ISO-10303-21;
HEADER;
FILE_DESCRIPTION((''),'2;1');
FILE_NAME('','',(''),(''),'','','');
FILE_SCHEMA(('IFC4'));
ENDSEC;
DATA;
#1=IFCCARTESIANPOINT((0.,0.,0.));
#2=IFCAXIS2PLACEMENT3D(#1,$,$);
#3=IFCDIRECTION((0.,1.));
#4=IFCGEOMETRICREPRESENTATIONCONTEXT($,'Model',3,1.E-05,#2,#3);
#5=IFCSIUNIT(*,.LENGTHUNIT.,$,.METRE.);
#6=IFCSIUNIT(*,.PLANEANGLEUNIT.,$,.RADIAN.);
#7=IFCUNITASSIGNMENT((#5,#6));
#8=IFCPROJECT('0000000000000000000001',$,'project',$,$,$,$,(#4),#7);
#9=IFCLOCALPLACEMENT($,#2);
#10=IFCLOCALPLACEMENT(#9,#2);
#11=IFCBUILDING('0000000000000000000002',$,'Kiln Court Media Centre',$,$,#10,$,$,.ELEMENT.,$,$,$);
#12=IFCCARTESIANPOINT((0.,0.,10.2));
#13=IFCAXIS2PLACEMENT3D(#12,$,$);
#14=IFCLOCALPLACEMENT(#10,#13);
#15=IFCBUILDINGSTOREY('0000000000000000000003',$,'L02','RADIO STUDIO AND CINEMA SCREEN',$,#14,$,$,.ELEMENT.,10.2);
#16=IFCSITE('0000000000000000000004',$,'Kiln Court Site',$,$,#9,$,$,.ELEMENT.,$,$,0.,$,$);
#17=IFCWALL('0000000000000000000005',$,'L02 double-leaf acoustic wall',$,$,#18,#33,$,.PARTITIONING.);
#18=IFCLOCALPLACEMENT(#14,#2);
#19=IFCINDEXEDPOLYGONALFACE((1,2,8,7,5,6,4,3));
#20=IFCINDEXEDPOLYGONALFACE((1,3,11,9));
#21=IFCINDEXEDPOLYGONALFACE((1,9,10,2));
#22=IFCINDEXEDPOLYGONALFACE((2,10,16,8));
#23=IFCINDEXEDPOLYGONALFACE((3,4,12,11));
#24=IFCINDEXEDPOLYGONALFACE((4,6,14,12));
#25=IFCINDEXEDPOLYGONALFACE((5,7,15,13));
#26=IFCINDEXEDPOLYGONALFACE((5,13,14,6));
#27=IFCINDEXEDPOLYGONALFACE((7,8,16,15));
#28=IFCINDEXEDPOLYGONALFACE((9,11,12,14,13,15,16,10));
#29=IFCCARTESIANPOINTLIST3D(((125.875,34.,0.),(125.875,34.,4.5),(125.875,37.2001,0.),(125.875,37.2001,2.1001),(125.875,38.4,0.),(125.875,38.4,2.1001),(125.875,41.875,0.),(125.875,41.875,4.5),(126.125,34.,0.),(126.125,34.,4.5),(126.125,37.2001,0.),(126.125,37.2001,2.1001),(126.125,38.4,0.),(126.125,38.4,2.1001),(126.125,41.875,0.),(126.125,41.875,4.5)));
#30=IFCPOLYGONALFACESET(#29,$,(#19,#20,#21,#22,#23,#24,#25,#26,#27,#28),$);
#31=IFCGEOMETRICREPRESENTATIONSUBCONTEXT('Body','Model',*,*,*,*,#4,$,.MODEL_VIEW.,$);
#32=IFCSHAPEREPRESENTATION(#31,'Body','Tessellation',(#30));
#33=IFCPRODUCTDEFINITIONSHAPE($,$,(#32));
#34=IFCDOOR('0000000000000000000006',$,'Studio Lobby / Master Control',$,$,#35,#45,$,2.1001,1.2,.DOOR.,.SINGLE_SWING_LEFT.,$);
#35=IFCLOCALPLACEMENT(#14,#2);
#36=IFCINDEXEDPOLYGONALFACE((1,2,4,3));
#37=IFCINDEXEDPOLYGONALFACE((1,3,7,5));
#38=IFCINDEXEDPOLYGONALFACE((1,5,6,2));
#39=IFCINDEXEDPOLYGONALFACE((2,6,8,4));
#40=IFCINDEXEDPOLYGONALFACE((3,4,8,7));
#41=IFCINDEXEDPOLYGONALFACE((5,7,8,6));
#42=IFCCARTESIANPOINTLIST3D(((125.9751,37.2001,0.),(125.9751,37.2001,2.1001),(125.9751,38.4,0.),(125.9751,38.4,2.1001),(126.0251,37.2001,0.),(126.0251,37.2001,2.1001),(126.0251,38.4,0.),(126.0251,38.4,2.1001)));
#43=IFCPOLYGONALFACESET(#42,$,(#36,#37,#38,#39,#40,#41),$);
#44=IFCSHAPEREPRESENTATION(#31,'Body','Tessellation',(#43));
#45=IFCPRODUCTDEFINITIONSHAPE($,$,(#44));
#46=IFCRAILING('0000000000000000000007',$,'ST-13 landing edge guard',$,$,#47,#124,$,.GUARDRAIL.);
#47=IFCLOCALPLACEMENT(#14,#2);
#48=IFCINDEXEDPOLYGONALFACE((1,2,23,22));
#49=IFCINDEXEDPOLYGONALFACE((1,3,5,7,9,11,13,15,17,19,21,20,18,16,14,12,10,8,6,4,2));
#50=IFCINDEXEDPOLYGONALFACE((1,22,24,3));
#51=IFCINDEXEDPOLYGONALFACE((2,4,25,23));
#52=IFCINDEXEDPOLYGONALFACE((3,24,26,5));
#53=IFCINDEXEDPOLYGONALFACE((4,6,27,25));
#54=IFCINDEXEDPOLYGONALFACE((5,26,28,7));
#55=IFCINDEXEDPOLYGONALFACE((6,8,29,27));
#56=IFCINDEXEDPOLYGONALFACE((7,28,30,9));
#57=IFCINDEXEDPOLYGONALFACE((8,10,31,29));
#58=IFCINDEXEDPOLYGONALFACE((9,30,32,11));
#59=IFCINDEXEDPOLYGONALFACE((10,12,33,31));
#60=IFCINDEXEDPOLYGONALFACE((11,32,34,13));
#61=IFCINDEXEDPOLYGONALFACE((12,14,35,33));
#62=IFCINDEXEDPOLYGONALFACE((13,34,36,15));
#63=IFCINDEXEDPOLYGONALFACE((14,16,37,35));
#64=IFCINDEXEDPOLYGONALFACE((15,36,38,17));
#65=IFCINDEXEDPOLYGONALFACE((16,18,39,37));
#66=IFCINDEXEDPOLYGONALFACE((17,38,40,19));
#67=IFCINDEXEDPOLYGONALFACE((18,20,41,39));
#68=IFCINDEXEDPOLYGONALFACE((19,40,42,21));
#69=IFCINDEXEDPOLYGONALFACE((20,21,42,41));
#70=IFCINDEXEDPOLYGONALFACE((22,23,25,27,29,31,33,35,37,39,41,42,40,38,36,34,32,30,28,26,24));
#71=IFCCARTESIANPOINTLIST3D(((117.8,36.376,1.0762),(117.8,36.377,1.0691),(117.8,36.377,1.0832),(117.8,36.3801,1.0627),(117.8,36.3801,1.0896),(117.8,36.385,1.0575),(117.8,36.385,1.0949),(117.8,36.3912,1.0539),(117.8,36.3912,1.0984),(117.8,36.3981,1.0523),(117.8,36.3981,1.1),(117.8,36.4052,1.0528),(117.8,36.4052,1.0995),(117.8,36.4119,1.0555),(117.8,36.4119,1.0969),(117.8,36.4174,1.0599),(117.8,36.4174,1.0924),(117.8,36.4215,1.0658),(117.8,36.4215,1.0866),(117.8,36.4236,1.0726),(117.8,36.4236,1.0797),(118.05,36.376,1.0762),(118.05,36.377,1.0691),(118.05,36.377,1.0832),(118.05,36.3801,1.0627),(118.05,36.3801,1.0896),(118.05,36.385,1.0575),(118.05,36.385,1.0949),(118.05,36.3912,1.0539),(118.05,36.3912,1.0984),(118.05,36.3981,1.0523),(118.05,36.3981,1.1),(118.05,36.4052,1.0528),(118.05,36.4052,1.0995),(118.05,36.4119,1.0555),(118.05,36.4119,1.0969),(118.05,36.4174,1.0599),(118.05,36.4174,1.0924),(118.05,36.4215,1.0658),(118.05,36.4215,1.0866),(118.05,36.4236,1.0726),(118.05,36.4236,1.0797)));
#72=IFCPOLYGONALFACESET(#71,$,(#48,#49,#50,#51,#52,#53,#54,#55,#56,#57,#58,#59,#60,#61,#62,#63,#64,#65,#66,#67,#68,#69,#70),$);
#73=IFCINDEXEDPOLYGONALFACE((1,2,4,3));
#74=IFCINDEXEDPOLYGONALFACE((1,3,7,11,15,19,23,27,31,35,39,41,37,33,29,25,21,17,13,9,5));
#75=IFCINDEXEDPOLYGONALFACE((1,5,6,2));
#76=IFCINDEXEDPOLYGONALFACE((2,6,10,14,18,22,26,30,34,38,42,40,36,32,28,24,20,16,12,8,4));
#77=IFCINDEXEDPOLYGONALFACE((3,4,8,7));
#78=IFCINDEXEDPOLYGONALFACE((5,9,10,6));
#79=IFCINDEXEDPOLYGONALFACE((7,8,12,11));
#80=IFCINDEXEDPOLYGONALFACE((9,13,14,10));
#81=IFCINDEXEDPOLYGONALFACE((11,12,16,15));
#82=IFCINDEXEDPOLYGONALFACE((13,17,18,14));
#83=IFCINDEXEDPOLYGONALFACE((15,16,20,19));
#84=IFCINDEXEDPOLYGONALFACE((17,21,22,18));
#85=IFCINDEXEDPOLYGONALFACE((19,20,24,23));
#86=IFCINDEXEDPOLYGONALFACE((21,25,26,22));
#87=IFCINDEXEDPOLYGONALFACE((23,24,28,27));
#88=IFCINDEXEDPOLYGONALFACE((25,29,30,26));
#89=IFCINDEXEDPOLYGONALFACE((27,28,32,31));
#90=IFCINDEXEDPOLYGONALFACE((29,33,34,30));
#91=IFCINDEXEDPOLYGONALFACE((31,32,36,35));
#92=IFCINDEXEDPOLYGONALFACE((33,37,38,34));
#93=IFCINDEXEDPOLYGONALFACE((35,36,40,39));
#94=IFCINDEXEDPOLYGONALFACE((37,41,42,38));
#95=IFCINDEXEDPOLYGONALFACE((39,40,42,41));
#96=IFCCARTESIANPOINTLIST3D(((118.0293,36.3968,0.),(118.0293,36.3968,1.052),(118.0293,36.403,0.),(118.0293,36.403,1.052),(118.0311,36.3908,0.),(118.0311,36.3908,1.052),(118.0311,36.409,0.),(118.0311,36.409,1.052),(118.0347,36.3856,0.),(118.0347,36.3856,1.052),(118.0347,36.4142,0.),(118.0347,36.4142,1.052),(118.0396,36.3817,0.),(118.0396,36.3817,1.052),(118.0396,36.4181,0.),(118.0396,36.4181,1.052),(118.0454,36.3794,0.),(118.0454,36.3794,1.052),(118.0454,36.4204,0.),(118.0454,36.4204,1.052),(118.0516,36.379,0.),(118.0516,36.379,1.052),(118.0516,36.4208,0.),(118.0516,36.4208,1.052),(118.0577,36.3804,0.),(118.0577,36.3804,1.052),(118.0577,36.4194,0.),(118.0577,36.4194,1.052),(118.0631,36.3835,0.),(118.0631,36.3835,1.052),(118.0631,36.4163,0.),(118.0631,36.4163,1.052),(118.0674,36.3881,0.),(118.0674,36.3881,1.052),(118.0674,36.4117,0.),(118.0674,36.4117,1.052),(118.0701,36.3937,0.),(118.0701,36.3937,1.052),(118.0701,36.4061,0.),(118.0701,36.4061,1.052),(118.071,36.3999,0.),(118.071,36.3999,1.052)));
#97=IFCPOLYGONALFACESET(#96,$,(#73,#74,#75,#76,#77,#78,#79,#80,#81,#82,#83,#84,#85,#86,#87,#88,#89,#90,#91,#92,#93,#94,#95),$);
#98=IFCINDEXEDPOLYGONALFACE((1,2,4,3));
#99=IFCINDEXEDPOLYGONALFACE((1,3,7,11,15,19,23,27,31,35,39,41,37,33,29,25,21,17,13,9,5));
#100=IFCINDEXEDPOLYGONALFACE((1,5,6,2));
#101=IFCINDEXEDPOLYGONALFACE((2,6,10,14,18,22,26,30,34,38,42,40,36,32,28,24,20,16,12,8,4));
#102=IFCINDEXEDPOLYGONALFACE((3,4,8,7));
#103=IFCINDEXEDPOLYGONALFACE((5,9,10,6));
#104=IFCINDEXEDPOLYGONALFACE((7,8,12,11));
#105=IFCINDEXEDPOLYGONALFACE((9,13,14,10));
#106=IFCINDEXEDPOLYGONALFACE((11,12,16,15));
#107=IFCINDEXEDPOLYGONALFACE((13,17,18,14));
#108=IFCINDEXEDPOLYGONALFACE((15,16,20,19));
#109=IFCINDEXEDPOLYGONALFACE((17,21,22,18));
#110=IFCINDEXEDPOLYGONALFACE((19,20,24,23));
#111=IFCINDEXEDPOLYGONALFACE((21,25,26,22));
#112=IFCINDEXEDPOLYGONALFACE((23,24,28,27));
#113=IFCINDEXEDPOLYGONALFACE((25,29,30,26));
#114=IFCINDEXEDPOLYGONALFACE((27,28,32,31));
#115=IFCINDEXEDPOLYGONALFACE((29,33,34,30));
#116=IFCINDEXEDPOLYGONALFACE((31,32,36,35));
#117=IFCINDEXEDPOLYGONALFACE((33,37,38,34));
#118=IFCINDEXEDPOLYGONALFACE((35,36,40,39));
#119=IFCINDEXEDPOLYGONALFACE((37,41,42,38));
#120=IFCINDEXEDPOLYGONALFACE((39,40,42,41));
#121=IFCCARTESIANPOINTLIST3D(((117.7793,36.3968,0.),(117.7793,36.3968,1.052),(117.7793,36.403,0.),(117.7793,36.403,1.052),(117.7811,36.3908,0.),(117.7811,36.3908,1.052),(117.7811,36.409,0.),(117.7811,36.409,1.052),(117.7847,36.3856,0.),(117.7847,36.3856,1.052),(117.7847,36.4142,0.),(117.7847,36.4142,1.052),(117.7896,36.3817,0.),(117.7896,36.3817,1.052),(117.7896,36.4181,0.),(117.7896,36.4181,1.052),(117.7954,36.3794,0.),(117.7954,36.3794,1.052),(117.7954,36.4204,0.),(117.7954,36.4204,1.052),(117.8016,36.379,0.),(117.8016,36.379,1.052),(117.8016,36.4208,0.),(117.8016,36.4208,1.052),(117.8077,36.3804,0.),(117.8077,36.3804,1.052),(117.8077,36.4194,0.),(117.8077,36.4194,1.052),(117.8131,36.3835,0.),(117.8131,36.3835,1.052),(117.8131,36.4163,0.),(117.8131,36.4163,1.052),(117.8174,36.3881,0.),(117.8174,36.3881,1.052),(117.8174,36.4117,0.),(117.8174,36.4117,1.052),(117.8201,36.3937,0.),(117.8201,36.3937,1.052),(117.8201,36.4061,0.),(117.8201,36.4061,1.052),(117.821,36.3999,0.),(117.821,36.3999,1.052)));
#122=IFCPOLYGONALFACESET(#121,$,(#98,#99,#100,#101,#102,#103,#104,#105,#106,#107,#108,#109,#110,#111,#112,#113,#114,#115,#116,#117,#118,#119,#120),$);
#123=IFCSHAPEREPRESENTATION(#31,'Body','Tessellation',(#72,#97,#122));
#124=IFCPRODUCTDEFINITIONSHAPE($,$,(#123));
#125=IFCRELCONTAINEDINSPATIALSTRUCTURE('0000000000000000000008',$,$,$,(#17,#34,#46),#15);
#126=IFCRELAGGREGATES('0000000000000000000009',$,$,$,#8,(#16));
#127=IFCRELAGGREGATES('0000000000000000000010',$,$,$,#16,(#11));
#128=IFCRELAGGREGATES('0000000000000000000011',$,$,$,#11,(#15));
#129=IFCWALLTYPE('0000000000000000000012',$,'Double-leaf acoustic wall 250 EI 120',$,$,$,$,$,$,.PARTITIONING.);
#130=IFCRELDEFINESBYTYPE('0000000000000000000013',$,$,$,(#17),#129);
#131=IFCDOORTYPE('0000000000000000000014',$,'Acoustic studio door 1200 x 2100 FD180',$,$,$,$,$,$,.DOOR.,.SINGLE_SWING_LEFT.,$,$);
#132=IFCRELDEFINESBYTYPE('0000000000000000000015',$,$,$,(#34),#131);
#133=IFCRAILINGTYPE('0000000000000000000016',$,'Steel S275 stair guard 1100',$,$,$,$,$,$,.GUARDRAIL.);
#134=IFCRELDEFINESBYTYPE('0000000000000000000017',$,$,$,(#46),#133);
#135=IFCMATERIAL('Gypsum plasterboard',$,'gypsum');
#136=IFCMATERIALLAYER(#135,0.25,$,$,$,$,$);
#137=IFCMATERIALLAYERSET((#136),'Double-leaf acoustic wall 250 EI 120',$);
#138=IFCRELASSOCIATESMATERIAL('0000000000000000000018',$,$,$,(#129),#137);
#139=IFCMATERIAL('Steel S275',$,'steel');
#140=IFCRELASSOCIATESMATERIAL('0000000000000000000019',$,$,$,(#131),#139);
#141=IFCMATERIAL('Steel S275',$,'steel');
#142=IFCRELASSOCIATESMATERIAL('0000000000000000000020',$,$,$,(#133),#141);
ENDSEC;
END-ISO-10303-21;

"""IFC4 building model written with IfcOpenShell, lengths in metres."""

from ifc_helpers import new_model, si_unit, direction, frame, frame_2d, origin, origin_2d, place, context, subcontext, project, spatial, rectangle, circle, extrude, material, layer, layer_set, type_object, element, fill, save


model = new_model("IFC4")

# Units and contexts
model_context = context("Model", 3, precision=1e-05, world=origin(), true_north=direction((0.0, 1.0)))
body_context = subcontext(model_context, "Body", "Model", "MODEL_VIEW")
ifc_project = project(units=[si_unit("LENGTHUNIT", "METRE"), si_unit("PLANEANGLEUNIT", "RADIAN")], contexts=[model_context])

# Site, building, storey
site_placement = place(None, origin())
site = spatial("IfcSite", under=ifc_project, at=site_placement, Name="Kiln Court Site", CompositionType="ELEMENT", RefElevation=0.0)
building_placement = place(site_placement, origin())
building = spatial("IfcBuilding", under=site, at=building_placement, Name="Kiln Court Media Centre", CompositionType="ELEMENT")
storey_placement = place(building_placement, frame((0.0, 0.0, 10.2)))
storey = spatial("IfcBuildingStorey", under=building, at=storey_placement, Name="L02", Description="RADIO STUDIO AND CINEMA SCREEN", CompositionType="ELEMENT", Elevation=10.2)

# Wall, opening, door
ifc_material_1 = material(Name="Gypsum plasterboard", Category="gypsum")
ifc_layer_1 = layer(ifc_material_1, 0.25)
ifc_layer_set_1 = layer_set([ifc_layer_1], Name="Double-leaf acoustic wall 250 EI 120")
wall_type_1 = type_object("IfcWallType", Name="Double-leaf acoustic wall 250 EI 120", PredefinedType="PARTITIONING", material=ifc_layer_set_1)
wall_1_placement = place(storey_placement, frame((126.0, 34.0, 0.0), z_axis=(0.0, 0.0, 1.0), x_axis=(0.0, 1.0, 0.0)))
wall_1 = element("IfcWall", 1, at=wall_1_placement, inside=storey, type_object=wall_type_1, Name="L02 double-leaf acoustic wall", PredefinedType="PARTITIONING", context=body_context, shape_type="SweptSolid", body=[
    extrude(rectangle(XDim=7.875, YDim=0.25, at=frame_2d((3.9375, 0.0))), origin(), (0.0, 0.0, 1.0), 4.5),
])
opening_placement = place(wall_1_placement, frame((3.2, 0.0, 0.0)))
opening = element("IfcOpeningElement", 2, at=opening_placement, cuts=wall_1, PredefinedType="OPENING", context=body_context, shape_type="SweptSolid", body=[
    extrude(rectangle(XDim=1.2, YDim=2.1001, at=frame_2d((0.6001, 1.05))), frame((0.0, 0.135, 0.0), z_axis=(0.0, -1.0, 0.0), x_axis=(1.0, 0.0, 0.0)), (0.0, 0.0, 1.0), 0.27),
])
ifc_material_2 = material(Name="Steel S275", Category="steel")
door_type = type_object("IfcDoorType", Name="Acoustic studio door 1200 x 2100 FD180", OperationType="SINGLE_SWING_LEFT", PredefinedType="DOOR", material=ifc_material_2)
door_placement = place(opening_placement, origin())
door = element("IfcDoor", 3, at=door_placement, inside=storey, type_object=door_type, Name="Studio Lobby / Master Control", OperationType="SINGLE_SWING_LEFT", OverallHeight=2.1001, OverallWidth=1.2, PredefinedType="DOOR", context=body_context, shape_type="SweptSolid", body=[
    extrude(rectangle(XDim=1.2, YDim=2.1001, at=frame_2d((0.6001, 1.05))), frame((0.0, 0.0249, 0.0), z_axis=(0.0, -1.0, 0.0), x_axis=(1.0, 0.0, 0.0)), (0.0, 0.0, 1.0), 0.05),
])
fill(opening, door)

# Railing
ifc_material_3 = material(Name="Steel S275", Category="steel")
railing_type = type_object("IfcRailingType", Name="Steel S275 stair guard 1100", PredefinedType="GUARDRAIL", material=ifc_material_3)
railing_1_placement = place(storey_placement, frame((118.05, 36.3999, 0.0)))
element("IfcRailing", 4, at=railing_1_placement, inside=storey, type_object=railing_type, Name="ST-13 landing edge guard", PredefinedType="GUARDRAIL", context=body_context, shape_type="SweptSolid", body=[
    extrude(circle(Radius=0.0239, at=origin_2d()), frame((0.0, 0.0, 1.0762), z_axis=(-1.0, 0.0, 0.0), x_axis=(0.0, -1.0, 0.0)), (0.0, 0.0, 1.0), 0.25),
    extrude(circle(Radius=0.021, at=origin_2d()), origin(), (0.0, 0.0, 1.0), 1.052),
    extrude(circle(Radius=0.021, at=origin_2d()), frame((-0.25, 0.0, 0.0)), (0.0, 0.0, 1.0), 1.052),
])

save(model, "model.ifc")
